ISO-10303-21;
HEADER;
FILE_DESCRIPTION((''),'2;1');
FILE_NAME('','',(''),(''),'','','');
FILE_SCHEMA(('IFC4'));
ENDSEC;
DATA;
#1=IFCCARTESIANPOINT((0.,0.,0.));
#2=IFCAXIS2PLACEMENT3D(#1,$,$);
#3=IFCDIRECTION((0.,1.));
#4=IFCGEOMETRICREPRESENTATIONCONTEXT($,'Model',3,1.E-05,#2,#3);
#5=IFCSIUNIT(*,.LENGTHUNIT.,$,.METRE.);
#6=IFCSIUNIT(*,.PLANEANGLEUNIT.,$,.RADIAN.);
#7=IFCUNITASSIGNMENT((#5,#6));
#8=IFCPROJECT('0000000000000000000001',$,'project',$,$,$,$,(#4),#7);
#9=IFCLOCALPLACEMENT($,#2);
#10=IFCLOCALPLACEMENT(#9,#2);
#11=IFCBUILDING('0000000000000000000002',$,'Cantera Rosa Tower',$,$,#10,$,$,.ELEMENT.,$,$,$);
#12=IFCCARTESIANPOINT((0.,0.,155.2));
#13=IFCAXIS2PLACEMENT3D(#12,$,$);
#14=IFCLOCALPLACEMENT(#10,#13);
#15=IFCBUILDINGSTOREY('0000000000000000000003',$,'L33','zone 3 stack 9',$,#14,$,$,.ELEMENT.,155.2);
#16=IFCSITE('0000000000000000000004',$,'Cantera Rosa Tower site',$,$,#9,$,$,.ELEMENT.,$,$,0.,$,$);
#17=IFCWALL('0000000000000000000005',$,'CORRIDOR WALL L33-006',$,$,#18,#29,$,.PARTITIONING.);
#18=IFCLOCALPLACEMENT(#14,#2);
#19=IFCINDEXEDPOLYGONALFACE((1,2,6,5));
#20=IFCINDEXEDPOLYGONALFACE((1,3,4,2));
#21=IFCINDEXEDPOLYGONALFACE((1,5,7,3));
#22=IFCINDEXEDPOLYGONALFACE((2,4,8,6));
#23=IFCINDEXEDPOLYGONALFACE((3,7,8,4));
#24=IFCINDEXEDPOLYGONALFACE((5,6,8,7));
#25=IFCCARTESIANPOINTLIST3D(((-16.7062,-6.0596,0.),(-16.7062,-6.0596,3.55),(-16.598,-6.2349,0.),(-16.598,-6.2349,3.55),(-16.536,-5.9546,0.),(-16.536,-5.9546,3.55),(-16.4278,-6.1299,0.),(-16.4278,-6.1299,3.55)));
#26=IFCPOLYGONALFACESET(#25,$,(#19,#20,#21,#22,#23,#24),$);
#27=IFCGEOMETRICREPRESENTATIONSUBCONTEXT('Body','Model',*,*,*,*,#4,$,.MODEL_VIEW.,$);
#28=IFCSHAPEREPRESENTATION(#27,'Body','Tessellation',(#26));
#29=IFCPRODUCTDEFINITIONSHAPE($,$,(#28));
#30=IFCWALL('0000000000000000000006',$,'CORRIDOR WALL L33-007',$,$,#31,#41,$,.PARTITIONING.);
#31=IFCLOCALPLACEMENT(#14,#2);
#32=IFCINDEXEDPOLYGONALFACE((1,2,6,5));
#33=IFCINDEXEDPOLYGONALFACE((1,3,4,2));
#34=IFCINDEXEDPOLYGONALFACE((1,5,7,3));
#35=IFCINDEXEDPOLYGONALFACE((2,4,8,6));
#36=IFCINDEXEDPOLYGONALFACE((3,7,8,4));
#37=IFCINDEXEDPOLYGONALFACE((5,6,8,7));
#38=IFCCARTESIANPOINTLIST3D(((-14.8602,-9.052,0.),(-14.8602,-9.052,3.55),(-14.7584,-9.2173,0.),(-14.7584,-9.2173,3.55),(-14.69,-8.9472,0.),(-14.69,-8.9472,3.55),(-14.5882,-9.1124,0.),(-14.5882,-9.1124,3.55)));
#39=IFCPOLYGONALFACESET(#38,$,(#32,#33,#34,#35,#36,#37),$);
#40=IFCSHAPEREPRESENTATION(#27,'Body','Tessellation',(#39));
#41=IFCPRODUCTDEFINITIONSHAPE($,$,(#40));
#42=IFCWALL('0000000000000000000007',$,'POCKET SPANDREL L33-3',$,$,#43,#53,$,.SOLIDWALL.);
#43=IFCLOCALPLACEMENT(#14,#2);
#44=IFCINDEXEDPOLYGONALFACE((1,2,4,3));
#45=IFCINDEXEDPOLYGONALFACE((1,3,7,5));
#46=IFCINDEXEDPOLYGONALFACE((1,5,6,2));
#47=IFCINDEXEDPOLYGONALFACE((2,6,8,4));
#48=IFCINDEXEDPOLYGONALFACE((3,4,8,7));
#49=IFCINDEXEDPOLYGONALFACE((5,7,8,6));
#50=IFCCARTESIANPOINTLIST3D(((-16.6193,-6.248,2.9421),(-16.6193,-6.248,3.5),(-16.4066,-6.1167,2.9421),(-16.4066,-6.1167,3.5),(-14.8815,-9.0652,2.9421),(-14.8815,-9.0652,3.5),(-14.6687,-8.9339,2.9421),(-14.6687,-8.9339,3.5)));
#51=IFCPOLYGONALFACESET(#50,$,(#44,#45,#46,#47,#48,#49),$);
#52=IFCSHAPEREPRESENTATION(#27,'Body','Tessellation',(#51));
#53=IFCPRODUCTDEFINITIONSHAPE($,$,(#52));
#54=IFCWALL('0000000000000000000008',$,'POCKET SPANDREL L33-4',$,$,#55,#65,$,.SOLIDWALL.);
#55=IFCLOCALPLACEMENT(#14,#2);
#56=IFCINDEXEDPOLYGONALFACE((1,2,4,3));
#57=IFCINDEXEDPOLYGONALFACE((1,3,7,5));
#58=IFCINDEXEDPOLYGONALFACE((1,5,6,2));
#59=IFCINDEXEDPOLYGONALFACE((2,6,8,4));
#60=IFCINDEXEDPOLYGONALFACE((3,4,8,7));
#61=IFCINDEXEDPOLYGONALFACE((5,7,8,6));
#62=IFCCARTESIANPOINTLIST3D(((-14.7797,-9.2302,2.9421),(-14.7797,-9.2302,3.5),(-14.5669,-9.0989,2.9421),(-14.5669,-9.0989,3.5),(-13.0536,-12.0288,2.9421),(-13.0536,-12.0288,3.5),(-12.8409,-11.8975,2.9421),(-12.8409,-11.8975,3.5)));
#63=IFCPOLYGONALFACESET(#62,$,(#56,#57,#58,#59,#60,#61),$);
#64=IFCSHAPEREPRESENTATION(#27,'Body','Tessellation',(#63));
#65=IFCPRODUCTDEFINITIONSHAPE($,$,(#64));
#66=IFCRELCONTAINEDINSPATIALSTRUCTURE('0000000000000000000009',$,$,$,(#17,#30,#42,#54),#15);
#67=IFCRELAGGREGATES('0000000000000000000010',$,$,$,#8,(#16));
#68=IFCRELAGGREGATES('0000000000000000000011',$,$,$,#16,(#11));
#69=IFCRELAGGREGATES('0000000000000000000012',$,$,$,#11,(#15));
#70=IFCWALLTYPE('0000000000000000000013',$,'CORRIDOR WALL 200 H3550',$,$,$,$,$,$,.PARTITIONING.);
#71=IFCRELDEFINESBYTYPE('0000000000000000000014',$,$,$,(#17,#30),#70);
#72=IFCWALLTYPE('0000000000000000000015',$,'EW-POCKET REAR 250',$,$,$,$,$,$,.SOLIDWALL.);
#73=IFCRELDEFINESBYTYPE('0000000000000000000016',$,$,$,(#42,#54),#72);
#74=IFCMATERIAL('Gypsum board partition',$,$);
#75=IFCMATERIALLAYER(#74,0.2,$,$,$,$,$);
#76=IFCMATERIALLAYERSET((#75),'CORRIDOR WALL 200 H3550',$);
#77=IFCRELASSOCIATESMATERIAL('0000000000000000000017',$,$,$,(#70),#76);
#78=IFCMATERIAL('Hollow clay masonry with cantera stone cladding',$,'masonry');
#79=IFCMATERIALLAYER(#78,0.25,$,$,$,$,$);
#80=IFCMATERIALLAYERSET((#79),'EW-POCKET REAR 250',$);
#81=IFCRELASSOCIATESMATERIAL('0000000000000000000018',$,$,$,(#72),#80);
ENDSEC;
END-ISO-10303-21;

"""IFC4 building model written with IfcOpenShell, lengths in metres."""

from ifc_helpers import new_model, si_unit, direction, frame, frame_2d, origin, place, context, subcontext, project, spatial, rectangle, extrude, material, layer, layer_set, type_object, element, save


model = new_model("IFC4")

# Units and contexts
model_context = context("Model", 3, precision=1e-05, world=origin(), true_north=direction((0.0, 1.0)))
body_context = subcontext(model_context, "Body", "Model", "MODEL_VIEW")
ifc_project = project(units=[si_unit("LENGTHUNIT", "METRE"), si_unit("PLANEANGLEUNIT", "RADIAN")], contexts=[model_context])

# Site, building, storey
site_placement = place(None, origin())
site = spatial("IfcSite", under=ifc_project, at=site_placement, Name="Cantera Rosa Tower site", CompositionType="ELEMENT", RefElevation=0.0)
building_placement = place(site_placement, origin())
building = spatial("IfcBuilding", under=site, at=building_placement, Name="Cantera Rosa Tower", CompositionType="ELEMENT")
storey_placement = place(building_placement, frame((0.0, 0.0, 155.2)))
storey = spatial("IfcBuildingStorey", under=building, at=storey_placement, Name="L33", Description="zone 3 stack 9", CompositionType="ELEMENT", Elevation=155.2)

# Walls
ifc_material_1 = material(Name="Gypsum board partition")
ifc_layer_1 = layer(ifc_material_1, 0.2)
ifc_layer_set_1 = layer_set([ifc_layer_1], Name="CORRIDOR WALL 200 H3550")
wall_type_1 = type_object("IfcWallType", Name="CORRIDOR WALL 200 H3550", PredefinedType="PARTITIONING", material=ifc_layer_set_1)
wall_1_placement = place(storey_placement, frame((-16.6211, -6.0071, 0.0), z_axis=(0.0, 0.0, 1.0), x_axis=(0.525089, -0.851047, 0.0)))
element("IfcWall", 1, at=wall_1_placement, inside=storey, type_object=wall_type_1, Name="CORRIDOR WALL L33-006", PredefinedType="PARTITIONING", context=body_context, shape_type="SweptSolid", body=[
    extrude(rectangle(XDim=0.2061, YDim=0.2, at=frame_2d((0.103, 0.0))), origin(), (0.0, 0.0, 1.0), 3.55),
])
wall_2_placement = place(storey_placement, frame((-14.7751, -8.9995, 0.0), z_axis=(0.0, 0.0, 1.0), x_axis=(0.524448, -0.851442, 0.0)))
element("IfcWall", 2, at=wall_2_placement, inside=storey, type_object=wall_type_1, Name="CORRIDOR WALL L33-007", PredefinedType="PARTITIONING", context=body_context, shape_type="SweptSolid", body=[
    extrude(rectangle(XDim=0.1941, YDim=0.2, at=frame_2d((0.0972, 0.0))), origin(), (0.0, 0.0, 1.0), 3.55),
])
ifc_material_2 = material(Name="Hollow clay masonry with cantera stone cladding", Category="masonry")
ifc_layer_2 = layer(ifc_material_2, 0.25)
ifc_layer_set_2 = layer_set([ifc_layer_2], Name="EW-POCKET REAR 250")
wall_type_2 = type_object("IfcWallType", Name="EW-POCKET REAR 250", PredefinedType="SOLIDWALL", material=ifc_layer_set_2)
wall_3_placement = place(storey_placement, frame((-16.5129, -6.1824, 2.9421), z_axis=(0.0, 0.0, 1.0), x_axis=(0.525011, -0.851096, 0.0)))
element("IfcWall", 3, at=wall_3_placement, inside=storey, type_object=wall_type_2, Name="POCKET SPANDREL L33-3", PredefinedType="SOLIDWALL", context=body_context, shape_type="SweptSolid", body=[
    extrude(rectangle(XDim=3.3101, YDim=0.25, at=frame_2d((1.655, 0.0))), origin(), (0.0, 0.0, 1.0), 0.5579),
])
wall_4_placement = place(storey_placement, frame((-14.6733, -9.1646, 2.9421), z_axis=(0.0, 0.0, 1.0), x_axis=(0.524951, -0.851133, 0.0)))
element("IfcWall", 4, at=wall_4_placement, inside=storey, type_object=wall_type_2, Name="POCKET SPANDREL L33-4", PredefinedType="SOLIDWALL", context=body_context, shape_type="SweptSolid", body=[
    extrude(rectangle(XDim=3.2881, YDim=0.25, at=frame_2d((1.644, 0.0))), origin(), (0.0, 0.0, 1.0), 0.5579),
])

save(model, "model.ifc")
